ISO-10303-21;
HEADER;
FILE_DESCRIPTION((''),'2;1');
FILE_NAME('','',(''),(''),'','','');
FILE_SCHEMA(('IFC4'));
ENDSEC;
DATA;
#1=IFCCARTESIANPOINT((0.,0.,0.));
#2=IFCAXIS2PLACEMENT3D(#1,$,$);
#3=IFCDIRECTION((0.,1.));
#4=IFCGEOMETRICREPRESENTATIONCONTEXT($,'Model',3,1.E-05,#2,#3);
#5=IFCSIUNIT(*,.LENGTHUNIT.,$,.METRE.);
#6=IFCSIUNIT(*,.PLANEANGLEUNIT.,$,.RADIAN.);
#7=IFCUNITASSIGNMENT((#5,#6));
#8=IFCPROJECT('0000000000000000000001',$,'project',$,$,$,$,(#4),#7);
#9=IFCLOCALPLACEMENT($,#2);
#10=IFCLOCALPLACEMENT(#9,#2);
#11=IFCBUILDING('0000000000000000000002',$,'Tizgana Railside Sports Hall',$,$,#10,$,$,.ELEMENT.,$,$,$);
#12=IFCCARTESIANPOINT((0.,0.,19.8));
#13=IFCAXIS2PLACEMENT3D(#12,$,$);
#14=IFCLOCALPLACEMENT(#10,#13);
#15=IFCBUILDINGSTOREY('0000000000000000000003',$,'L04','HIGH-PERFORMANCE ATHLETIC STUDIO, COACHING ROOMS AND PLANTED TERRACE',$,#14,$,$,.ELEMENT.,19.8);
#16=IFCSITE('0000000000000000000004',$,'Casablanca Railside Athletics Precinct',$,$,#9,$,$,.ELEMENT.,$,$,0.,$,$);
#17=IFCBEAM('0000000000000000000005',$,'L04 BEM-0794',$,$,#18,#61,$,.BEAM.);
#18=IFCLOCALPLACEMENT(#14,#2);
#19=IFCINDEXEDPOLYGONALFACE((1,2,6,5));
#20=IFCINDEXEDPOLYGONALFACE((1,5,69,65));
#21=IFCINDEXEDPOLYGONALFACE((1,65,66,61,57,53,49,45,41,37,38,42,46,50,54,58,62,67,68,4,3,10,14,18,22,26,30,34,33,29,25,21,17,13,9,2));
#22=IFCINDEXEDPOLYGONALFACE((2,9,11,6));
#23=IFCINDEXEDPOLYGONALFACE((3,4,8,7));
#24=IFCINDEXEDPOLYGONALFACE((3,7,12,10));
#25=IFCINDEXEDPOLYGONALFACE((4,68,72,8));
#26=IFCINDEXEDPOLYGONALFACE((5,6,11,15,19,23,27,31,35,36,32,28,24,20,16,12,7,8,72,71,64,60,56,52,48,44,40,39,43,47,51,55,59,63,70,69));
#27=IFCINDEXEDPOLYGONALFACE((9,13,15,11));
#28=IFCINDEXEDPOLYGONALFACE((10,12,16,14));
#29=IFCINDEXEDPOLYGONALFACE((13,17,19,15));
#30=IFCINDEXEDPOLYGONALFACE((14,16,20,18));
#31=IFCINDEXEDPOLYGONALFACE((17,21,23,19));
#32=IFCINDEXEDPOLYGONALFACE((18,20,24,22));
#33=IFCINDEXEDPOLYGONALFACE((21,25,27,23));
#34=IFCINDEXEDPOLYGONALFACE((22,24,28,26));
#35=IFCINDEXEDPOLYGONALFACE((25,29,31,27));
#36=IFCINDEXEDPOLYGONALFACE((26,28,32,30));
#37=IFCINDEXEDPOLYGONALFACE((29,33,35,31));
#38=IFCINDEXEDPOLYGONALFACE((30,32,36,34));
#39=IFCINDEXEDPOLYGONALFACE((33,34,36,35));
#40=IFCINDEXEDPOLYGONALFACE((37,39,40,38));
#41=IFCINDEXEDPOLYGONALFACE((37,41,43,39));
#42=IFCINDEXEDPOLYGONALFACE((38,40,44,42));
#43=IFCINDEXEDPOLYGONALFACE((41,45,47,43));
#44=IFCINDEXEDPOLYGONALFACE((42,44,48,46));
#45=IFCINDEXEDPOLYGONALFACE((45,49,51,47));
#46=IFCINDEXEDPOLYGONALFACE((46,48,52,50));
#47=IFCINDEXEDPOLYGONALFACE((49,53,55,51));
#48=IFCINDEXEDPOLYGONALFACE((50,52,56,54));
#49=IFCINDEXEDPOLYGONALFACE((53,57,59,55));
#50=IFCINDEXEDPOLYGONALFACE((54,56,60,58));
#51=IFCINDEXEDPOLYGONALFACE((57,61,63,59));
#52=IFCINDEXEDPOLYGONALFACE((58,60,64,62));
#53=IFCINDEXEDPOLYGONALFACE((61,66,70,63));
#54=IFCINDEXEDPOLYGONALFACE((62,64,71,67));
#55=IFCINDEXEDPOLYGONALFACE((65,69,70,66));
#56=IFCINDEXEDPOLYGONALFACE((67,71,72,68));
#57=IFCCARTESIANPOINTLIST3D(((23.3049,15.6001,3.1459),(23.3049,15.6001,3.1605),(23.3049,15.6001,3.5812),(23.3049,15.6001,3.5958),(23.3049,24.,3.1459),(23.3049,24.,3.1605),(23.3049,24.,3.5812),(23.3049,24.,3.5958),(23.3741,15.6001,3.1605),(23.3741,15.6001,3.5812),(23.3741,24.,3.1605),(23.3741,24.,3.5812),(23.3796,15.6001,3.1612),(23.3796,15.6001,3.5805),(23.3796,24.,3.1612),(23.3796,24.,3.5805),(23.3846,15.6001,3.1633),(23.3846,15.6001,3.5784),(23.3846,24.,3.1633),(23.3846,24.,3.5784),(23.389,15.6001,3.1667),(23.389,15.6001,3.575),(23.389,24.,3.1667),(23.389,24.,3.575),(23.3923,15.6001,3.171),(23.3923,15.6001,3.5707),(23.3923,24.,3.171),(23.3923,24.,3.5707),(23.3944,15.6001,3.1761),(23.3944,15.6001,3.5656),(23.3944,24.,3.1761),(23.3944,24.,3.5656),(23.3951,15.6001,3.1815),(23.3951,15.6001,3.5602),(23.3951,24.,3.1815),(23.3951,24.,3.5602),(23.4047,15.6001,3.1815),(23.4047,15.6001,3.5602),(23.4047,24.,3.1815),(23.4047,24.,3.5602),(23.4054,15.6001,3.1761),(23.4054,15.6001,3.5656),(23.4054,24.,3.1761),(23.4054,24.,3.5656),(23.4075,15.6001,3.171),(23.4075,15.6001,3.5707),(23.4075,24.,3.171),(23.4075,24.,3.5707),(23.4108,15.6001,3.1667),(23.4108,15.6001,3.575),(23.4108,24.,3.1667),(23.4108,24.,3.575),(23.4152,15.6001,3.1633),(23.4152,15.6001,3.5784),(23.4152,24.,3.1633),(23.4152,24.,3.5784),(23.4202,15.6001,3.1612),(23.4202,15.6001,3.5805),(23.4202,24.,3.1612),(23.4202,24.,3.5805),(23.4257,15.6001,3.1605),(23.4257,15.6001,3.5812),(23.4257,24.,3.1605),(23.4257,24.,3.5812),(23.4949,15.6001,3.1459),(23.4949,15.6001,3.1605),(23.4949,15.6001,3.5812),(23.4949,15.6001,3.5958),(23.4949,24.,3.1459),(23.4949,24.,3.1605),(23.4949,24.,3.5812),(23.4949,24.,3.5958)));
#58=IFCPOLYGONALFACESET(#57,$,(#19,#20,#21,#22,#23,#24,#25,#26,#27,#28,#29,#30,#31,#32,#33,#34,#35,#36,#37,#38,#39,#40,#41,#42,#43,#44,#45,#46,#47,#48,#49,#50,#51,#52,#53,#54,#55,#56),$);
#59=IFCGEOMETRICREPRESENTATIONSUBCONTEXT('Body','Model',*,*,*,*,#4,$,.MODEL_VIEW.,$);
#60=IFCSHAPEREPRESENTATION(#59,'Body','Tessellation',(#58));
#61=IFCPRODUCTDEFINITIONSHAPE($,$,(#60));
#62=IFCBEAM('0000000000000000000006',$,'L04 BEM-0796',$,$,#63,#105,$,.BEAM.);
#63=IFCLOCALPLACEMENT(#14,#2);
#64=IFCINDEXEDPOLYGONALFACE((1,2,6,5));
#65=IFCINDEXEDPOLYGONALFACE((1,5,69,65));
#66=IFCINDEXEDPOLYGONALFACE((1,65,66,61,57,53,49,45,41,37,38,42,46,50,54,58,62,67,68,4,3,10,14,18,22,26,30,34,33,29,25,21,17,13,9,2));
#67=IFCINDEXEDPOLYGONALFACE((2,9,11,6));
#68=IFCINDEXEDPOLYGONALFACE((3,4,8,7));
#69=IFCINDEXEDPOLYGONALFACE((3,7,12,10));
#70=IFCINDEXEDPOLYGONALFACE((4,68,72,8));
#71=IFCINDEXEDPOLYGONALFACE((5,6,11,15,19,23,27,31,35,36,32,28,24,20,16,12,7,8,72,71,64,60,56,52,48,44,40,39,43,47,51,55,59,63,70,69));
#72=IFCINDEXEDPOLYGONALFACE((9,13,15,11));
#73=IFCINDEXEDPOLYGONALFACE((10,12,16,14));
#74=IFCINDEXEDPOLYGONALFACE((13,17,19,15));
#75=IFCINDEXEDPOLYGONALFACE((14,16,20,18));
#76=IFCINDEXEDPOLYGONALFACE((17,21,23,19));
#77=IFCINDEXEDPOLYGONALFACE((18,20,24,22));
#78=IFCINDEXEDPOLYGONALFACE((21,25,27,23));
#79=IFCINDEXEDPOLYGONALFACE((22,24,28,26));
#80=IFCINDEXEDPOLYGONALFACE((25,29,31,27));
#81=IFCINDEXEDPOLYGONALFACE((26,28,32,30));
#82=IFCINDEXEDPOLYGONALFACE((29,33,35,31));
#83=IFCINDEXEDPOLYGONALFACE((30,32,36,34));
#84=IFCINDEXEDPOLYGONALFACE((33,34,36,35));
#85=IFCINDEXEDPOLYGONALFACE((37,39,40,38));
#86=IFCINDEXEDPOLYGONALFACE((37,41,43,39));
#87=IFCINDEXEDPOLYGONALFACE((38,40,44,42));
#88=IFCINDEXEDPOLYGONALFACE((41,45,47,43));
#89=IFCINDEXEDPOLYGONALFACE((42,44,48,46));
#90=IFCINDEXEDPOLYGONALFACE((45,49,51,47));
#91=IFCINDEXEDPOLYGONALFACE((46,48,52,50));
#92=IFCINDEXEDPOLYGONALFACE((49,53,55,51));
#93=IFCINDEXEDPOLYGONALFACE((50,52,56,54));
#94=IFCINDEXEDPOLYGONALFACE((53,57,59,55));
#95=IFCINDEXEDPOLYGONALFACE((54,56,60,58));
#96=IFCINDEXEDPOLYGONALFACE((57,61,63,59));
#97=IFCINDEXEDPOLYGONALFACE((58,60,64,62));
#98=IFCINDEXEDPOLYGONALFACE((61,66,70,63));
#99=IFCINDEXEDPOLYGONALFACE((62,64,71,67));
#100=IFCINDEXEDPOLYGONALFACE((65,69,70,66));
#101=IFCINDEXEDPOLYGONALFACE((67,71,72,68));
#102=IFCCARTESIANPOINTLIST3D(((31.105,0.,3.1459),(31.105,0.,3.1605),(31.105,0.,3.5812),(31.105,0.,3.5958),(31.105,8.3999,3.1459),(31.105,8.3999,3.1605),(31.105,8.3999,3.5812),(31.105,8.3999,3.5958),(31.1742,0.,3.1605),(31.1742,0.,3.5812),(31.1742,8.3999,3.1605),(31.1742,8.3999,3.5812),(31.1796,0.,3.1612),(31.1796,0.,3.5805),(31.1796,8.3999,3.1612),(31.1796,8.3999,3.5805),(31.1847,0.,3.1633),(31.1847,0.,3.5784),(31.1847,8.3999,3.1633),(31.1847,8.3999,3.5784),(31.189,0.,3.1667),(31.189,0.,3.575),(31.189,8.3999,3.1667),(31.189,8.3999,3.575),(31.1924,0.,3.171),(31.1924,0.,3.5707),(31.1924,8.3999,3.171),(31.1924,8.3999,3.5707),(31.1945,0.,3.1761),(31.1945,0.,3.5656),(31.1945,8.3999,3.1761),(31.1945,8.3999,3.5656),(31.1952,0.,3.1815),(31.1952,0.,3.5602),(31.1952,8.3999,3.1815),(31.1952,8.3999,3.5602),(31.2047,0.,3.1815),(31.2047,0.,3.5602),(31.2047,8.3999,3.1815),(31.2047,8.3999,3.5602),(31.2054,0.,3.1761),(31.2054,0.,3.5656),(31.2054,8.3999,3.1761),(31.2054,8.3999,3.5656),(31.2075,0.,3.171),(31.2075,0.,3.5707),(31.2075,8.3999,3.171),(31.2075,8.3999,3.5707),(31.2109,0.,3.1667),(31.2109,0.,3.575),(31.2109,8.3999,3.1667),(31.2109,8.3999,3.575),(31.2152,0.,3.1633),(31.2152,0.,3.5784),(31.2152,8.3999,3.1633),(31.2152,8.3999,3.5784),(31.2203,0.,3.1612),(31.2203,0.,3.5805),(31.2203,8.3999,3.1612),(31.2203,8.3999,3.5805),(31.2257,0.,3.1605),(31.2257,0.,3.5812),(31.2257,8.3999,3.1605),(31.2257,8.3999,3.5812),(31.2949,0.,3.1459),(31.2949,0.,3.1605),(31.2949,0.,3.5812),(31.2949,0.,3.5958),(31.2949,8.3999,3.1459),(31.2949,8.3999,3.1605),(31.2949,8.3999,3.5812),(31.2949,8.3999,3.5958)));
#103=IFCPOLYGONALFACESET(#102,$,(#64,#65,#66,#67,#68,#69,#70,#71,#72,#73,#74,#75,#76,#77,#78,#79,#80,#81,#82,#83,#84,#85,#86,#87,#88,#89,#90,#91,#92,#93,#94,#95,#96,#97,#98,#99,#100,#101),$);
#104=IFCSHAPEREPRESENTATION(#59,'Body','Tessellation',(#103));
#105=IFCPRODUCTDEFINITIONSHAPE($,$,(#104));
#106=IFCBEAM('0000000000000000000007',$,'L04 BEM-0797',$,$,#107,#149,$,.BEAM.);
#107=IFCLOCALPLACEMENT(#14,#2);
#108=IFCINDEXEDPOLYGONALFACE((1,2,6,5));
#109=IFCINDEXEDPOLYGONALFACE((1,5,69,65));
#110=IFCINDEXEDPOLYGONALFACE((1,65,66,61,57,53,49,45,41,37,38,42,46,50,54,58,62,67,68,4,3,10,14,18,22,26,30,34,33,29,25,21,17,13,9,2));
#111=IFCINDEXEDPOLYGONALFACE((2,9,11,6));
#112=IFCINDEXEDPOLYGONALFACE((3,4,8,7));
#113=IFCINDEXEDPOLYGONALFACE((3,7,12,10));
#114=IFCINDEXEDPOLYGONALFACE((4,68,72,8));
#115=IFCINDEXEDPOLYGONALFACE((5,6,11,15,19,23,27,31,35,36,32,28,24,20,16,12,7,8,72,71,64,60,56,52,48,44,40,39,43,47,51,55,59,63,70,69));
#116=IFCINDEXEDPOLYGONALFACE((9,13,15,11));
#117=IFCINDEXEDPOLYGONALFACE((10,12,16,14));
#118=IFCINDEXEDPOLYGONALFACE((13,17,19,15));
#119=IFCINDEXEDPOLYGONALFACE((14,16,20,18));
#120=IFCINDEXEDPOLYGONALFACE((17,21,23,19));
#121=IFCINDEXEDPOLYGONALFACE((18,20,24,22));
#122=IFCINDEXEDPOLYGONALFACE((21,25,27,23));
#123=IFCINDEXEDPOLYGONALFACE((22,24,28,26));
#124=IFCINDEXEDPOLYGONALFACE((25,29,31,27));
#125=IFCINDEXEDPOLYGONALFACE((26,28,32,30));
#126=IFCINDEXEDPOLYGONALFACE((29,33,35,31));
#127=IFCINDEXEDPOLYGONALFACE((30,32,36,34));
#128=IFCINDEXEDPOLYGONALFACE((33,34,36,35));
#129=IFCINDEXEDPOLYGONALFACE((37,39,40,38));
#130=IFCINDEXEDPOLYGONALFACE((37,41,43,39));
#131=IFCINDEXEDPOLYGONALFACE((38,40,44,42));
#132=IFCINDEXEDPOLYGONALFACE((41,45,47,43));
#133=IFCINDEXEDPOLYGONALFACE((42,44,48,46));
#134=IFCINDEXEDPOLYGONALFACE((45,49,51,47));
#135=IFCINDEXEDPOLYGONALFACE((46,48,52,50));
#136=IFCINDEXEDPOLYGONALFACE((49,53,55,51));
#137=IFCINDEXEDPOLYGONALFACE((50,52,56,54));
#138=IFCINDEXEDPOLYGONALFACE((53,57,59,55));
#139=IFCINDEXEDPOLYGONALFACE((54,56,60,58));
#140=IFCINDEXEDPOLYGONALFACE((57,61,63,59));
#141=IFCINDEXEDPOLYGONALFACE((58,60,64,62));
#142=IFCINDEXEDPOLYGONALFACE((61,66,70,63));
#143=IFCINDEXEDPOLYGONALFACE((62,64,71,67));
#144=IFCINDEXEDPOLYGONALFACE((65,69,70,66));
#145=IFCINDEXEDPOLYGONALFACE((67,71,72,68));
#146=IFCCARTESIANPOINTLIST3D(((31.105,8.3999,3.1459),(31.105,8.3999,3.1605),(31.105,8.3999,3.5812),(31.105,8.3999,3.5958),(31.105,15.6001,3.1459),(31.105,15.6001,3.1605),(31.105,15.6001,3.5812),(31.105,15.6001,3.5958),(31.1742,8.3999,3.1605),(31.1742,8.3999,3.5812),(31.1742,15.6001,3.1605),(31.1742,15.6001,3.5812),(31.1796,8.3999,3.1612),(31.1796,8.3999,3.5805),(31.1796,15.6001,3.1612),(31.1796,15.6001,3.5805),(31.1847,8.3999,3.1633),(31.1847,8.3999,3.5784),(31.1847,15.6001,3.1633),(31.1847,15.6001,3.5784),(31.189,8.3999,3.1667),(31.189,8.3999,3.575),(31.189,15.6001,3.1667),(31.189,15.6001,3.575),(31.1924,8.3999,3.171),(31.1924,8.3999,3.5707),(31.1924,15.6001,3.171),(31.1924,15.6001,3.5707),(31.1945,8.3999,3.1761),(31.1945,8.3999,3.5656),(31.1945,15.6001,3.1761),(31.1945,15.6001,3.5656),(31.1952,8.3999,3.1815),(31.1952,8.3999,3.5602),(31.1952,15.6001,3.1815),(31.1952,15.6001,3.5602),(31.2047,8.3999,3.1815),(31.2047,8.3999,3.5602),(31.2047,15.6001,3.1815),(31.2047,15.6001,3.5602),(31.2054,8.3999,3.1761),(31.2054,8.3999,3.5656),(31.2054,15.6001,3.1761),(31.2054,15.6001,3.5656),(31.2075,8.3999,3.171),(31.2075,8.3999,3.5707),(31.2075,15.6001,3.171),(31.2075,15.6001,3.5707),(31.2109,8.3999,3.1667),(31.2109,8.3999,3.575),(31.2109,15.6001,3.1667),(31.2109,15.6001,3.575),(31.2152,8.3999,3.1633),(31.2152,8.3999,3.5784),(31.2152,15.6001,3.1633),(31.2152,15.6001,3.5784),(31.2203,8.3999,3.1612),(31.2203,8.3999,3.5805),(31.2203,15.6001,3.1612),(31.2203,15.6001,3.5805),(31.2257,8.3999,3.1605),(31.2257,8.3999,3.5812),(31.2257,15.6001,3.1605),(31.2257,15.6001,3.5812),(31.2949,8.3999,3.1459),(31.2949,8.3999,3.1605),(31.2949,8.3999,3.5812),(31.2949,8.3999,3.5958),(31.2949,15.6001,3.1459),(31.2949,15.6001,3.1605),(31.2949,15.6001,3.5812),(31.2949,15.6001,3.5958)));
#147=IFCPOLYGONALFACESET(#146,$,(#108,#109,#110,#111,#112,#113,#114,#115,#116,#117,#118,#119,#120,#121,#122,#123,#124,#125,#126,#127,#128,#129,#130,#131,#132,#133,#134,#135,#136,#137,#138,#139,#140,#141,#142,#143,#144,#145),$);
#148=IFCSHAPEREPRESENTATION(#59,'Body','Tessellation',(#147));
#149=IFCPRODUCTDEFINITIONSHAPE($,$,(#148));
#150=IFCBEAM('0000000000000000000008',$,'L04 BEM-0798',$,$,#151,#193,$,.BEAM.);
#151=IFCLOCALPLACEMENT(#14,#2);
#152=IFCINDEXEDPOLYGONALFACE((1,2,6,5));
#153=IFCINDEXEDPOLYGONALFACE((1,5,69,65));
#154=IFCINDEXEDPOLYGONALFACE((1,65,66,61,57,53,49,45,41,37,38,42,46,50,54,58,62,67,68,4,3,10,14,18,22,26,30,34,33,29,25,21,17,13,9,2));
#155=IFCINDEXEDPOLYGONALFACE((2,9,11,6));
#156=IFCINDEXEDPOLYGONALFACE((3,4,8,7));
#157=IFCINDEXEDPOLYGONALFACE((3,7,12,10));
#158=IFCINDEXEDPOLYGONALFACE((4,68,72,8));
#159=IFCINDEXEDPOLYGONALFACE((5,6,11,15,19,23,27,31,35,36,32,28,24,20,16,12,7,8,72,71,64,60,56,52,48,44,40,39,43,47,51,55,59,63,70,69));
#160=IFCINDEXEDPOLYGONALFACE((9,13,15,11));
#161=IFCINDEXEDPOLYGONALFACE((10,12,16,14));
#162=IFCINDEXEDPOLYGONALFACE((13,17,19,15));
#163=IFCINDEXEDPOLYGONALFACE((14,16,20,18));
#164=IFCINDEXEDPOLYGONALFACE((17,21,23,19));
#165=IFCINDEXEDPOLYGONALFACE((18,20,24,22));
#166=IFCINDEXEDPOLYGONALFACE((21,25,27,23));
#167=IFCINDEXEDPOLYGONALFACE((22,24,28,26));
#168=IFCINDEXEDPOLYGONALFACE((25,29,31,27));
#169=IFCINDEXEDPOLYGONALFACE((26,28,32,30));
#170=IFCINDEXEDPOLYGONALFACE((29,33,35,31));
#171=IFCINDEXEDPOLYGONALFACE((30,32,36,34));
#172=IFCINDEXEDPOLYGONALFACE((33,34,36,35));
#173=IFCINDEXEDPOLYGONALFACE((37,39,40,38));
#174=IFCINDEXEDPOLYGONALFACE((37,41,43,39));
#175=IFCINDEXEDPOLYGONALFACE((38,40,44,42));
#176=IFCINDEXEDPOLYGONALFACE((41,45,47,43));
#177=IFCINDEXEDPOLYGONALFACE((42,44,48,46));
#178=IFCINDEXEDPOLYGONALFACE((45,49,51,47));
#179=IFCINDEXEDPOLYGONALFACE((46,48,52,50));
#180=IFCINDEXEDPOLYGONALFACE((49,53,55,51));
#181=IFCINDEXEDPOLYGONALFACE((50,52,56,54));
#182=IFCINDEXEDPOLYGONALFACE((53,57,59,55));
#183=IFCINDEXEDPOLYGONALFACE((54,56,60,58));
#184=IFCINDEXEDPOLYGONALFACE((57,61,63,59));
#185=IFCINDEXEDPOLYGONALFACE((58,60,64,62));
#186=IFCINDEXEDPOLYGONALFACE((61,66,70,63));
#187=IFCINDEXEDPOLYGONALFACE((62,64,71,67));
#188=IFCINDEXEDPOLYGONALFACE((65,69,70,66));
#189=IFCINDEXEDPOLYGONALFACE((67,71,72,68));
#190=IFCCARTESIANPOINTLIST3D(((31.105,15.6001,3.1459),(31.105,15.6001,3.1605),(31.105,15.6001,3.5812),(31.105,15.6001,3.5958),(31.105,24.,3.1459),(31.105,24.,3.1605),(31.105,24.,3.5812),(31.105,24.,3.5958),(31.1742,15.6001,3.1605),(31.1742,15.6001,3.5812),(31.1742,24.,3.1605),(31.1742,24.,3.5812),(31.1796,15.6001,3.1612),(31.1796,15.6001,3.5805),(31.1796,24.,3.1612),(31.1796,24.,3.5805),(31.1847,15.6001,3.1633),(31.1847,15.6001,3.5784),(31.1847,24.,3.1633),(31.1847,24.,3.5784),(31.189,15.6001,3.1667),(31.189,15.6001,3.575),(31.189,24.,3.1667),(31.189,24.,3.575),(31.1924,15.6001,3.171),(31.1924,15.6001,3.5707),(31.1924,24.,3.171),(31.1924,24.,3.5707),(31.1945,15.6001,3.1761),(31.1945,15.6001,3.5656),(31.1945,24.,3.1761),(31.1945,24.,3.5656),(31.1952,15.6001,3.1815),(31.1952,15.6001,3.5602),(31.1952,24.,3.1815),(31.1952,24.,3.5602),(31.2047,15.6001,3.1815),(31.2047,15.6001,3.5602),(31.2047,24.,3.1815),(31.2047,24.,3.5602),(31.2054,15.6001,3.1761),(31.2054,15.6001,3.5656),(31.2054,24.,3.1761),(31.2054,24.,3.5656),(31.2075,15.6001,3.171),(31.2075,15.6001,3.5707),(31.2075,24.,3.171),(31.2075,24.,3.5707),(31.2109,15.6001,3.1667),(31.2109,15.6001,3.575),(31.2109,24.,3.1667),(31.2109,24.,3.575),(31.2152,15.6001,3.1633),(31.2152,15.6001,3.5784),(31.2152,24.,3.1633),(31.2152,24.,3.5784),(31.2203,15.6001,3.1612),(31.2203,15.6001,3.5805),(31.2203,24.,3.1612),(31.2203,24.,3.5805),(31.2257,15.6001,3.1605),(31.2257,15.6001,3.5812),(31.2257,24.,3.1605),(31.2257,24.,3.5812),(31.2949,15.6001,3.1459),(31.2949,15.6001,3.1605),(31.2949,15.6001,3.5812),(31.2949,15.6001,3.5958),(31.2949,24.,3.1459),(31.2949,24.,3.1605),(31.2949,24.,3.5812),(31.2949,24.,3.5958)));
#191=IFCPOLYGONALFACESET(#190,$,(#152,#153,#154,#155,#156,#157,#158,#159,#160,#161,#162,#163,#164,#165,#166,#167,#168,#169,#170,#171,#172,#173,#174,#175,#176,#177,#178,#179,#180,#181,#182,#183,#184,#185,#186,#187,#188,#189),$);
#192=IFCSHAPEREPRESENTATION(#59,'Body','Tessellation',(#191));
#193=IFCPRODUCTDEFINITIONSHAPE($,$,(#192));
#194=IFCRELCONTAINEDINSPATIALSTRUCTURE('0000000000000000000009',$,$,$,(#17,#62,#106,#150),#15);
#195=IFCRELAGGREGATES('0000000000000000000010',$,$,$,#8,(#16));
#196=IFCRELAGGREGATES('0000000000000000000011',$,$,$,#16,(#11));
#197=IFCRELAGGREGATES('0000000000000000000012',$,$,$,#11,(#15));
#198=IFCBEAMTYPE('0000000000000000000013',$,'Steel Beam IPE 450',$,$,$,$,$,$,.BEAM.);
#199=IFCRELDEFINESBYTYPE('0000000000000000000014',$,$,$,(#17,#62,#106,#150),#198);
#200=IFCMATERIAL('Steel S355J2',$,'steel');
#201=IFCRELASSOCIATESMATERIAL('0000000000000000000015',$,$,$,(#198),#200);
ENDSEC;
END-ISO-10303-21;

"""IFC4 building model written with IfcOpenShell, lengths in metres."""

from ifc_helpers import new_model, si_unit, direction, frame, origin, origin_2d, place, context, subcontext, project, spatial, i_section, extrude, material, material_profile, profile_set, type_object, element, save


model = new_model("IFC4")

# Units and contexts
model_context = context("Model", 3, precision=1e-05, world=origin(), true_north=direction((0.0, 1.0)))
body_context = subcontext(model_context, "Body", "Model", "MODEL_VIEW")
ifc_project = project(units=[si_unit("LENGTHUNIT", "METRE"), si_unit("PLANEANGLEUNIT", "RADIAN")], contexts=[model_context])

# Site, building, storey
site_placement = place(None, origin())
site = spatial("IfcSite", under=ifc_project, at=site_placement, Name="Casablanca Railside Athletics Precinct", CompositionType="ELEMENT", RefElevation=0.0)
building_placement = place(site_placement, origin())
building = spatial("IfcBuilding", under=site, at=building_placement, Name="Tizgana Railside Sports Hall", CompositionType="ELEMENT")
storey_placement = place(building_placement, frame((0.0, 0.0, 19.8)))
storey = spatial("IfcBuildingStorey", under=building, at=storey_placement, Name="L04", Description="HIGH-PERFORMANCE ATHLETIC STUDIO, COACHING ROOMS AND PLANTED TERRACE", CompositionType="ELEMENT", Elevation=19.8)

# Beams
ifc_material_1 = material(Name="Steel S355J2", Category="steel")
ifc_material_profile_1 = material_profile(ifc_material_1, i_section(OverallWidth=0.1899, OverallDepth=0.45, WebThickness=0.0095, FlangeThickness=0.0146, FilletRadius=0.021, at=origin_2d()), Name="IPE 450")
ifc_profile_set_1 = profile_set([ifc_material_profile_1], Name="Steel S355J2")
beam_type_1 = type_object("IfcBeamType", Name="Steel Beam IPE 450", PredefinedType="BEAM", material=ifc_profile_set_1)
for number, where, z_axis, x_axis, name in (
    (1, (23.3999, 15.6001, 3.3708), (0.0, 1.0, 0.0), (-1.0, 0.0, 0.0), "L04 BEM-0794"),
    (2, (31.2, 0.0, 3.3708), (0.0, 1.0, 0.0), (-1.0, 0.0, 0.0), "L04 BEM-0796"),
):
    element("IfcBeam", number, at=place(storey_placement, frame(where, z_axis=z_axis, x_axis=x_axis)), inside=storey, type_object=beam_type_1, Name=name, PredefinedType="BEAM", context=body_context, shape_type="SweptSolid", body=[
        extrude(i_section(OverallWidth=0.1899, OverallDepth=0.45, WebThickness=0.0095, FlangeThickness=0.0146, FilletRadius=0.021, at=origin_2d()), origin(), (0.0, 0.0, 1.0), 8.3999),
    ])
beam_1_placement = place(storey_placement, frame((31.2, 8.3999, 3.3708), z_axis=(0.0, 1.0, 0.0), x_axis=(-1.0, 0.0, 0.0)))
element("IfcBeam", 3, at=beam_1_placement, inside=storey, type_object=beam_type_1, Name="L04 BEM-0797", PredefinedType="BEAM", context=body_context, shape_type="SweptSolid", body=[
    extrude(i_section(OverallWidth=0.1899, OverallDepth=0.45, WebThickness=0.0095, FlangeThickness=0.0146, FilletRadius=0.021, at=origin_2d()), origin(), (0.0, 0.0, 1.0), 7.2002),
])
beam_2_placement = place(storey_placement, frame((31.2, 15.6001, 3.3708), z_axis=(0.0, 1.0, 0.0), x_axis=(-1.0, 0.0, 0.0)))
element("IfcBeam", 4, at=beam_2_placement, inside=storey, type_object=beam_type_1, Name="L04 BEM-0798", PredefinedType="BEAM", context=body_context, shape_type="SweptSolid", body=[
    extrude(i_section(OverallWidth=0.1899, OverallDepth=0.45, WebThickness=0.0095, FlangeThickness=0.0146, FilletRadius=0.021, at=origin_2d()), origin(), (0.0, 0.0, 1.0), 8.3999),
])

save(model, "model.ifc")
